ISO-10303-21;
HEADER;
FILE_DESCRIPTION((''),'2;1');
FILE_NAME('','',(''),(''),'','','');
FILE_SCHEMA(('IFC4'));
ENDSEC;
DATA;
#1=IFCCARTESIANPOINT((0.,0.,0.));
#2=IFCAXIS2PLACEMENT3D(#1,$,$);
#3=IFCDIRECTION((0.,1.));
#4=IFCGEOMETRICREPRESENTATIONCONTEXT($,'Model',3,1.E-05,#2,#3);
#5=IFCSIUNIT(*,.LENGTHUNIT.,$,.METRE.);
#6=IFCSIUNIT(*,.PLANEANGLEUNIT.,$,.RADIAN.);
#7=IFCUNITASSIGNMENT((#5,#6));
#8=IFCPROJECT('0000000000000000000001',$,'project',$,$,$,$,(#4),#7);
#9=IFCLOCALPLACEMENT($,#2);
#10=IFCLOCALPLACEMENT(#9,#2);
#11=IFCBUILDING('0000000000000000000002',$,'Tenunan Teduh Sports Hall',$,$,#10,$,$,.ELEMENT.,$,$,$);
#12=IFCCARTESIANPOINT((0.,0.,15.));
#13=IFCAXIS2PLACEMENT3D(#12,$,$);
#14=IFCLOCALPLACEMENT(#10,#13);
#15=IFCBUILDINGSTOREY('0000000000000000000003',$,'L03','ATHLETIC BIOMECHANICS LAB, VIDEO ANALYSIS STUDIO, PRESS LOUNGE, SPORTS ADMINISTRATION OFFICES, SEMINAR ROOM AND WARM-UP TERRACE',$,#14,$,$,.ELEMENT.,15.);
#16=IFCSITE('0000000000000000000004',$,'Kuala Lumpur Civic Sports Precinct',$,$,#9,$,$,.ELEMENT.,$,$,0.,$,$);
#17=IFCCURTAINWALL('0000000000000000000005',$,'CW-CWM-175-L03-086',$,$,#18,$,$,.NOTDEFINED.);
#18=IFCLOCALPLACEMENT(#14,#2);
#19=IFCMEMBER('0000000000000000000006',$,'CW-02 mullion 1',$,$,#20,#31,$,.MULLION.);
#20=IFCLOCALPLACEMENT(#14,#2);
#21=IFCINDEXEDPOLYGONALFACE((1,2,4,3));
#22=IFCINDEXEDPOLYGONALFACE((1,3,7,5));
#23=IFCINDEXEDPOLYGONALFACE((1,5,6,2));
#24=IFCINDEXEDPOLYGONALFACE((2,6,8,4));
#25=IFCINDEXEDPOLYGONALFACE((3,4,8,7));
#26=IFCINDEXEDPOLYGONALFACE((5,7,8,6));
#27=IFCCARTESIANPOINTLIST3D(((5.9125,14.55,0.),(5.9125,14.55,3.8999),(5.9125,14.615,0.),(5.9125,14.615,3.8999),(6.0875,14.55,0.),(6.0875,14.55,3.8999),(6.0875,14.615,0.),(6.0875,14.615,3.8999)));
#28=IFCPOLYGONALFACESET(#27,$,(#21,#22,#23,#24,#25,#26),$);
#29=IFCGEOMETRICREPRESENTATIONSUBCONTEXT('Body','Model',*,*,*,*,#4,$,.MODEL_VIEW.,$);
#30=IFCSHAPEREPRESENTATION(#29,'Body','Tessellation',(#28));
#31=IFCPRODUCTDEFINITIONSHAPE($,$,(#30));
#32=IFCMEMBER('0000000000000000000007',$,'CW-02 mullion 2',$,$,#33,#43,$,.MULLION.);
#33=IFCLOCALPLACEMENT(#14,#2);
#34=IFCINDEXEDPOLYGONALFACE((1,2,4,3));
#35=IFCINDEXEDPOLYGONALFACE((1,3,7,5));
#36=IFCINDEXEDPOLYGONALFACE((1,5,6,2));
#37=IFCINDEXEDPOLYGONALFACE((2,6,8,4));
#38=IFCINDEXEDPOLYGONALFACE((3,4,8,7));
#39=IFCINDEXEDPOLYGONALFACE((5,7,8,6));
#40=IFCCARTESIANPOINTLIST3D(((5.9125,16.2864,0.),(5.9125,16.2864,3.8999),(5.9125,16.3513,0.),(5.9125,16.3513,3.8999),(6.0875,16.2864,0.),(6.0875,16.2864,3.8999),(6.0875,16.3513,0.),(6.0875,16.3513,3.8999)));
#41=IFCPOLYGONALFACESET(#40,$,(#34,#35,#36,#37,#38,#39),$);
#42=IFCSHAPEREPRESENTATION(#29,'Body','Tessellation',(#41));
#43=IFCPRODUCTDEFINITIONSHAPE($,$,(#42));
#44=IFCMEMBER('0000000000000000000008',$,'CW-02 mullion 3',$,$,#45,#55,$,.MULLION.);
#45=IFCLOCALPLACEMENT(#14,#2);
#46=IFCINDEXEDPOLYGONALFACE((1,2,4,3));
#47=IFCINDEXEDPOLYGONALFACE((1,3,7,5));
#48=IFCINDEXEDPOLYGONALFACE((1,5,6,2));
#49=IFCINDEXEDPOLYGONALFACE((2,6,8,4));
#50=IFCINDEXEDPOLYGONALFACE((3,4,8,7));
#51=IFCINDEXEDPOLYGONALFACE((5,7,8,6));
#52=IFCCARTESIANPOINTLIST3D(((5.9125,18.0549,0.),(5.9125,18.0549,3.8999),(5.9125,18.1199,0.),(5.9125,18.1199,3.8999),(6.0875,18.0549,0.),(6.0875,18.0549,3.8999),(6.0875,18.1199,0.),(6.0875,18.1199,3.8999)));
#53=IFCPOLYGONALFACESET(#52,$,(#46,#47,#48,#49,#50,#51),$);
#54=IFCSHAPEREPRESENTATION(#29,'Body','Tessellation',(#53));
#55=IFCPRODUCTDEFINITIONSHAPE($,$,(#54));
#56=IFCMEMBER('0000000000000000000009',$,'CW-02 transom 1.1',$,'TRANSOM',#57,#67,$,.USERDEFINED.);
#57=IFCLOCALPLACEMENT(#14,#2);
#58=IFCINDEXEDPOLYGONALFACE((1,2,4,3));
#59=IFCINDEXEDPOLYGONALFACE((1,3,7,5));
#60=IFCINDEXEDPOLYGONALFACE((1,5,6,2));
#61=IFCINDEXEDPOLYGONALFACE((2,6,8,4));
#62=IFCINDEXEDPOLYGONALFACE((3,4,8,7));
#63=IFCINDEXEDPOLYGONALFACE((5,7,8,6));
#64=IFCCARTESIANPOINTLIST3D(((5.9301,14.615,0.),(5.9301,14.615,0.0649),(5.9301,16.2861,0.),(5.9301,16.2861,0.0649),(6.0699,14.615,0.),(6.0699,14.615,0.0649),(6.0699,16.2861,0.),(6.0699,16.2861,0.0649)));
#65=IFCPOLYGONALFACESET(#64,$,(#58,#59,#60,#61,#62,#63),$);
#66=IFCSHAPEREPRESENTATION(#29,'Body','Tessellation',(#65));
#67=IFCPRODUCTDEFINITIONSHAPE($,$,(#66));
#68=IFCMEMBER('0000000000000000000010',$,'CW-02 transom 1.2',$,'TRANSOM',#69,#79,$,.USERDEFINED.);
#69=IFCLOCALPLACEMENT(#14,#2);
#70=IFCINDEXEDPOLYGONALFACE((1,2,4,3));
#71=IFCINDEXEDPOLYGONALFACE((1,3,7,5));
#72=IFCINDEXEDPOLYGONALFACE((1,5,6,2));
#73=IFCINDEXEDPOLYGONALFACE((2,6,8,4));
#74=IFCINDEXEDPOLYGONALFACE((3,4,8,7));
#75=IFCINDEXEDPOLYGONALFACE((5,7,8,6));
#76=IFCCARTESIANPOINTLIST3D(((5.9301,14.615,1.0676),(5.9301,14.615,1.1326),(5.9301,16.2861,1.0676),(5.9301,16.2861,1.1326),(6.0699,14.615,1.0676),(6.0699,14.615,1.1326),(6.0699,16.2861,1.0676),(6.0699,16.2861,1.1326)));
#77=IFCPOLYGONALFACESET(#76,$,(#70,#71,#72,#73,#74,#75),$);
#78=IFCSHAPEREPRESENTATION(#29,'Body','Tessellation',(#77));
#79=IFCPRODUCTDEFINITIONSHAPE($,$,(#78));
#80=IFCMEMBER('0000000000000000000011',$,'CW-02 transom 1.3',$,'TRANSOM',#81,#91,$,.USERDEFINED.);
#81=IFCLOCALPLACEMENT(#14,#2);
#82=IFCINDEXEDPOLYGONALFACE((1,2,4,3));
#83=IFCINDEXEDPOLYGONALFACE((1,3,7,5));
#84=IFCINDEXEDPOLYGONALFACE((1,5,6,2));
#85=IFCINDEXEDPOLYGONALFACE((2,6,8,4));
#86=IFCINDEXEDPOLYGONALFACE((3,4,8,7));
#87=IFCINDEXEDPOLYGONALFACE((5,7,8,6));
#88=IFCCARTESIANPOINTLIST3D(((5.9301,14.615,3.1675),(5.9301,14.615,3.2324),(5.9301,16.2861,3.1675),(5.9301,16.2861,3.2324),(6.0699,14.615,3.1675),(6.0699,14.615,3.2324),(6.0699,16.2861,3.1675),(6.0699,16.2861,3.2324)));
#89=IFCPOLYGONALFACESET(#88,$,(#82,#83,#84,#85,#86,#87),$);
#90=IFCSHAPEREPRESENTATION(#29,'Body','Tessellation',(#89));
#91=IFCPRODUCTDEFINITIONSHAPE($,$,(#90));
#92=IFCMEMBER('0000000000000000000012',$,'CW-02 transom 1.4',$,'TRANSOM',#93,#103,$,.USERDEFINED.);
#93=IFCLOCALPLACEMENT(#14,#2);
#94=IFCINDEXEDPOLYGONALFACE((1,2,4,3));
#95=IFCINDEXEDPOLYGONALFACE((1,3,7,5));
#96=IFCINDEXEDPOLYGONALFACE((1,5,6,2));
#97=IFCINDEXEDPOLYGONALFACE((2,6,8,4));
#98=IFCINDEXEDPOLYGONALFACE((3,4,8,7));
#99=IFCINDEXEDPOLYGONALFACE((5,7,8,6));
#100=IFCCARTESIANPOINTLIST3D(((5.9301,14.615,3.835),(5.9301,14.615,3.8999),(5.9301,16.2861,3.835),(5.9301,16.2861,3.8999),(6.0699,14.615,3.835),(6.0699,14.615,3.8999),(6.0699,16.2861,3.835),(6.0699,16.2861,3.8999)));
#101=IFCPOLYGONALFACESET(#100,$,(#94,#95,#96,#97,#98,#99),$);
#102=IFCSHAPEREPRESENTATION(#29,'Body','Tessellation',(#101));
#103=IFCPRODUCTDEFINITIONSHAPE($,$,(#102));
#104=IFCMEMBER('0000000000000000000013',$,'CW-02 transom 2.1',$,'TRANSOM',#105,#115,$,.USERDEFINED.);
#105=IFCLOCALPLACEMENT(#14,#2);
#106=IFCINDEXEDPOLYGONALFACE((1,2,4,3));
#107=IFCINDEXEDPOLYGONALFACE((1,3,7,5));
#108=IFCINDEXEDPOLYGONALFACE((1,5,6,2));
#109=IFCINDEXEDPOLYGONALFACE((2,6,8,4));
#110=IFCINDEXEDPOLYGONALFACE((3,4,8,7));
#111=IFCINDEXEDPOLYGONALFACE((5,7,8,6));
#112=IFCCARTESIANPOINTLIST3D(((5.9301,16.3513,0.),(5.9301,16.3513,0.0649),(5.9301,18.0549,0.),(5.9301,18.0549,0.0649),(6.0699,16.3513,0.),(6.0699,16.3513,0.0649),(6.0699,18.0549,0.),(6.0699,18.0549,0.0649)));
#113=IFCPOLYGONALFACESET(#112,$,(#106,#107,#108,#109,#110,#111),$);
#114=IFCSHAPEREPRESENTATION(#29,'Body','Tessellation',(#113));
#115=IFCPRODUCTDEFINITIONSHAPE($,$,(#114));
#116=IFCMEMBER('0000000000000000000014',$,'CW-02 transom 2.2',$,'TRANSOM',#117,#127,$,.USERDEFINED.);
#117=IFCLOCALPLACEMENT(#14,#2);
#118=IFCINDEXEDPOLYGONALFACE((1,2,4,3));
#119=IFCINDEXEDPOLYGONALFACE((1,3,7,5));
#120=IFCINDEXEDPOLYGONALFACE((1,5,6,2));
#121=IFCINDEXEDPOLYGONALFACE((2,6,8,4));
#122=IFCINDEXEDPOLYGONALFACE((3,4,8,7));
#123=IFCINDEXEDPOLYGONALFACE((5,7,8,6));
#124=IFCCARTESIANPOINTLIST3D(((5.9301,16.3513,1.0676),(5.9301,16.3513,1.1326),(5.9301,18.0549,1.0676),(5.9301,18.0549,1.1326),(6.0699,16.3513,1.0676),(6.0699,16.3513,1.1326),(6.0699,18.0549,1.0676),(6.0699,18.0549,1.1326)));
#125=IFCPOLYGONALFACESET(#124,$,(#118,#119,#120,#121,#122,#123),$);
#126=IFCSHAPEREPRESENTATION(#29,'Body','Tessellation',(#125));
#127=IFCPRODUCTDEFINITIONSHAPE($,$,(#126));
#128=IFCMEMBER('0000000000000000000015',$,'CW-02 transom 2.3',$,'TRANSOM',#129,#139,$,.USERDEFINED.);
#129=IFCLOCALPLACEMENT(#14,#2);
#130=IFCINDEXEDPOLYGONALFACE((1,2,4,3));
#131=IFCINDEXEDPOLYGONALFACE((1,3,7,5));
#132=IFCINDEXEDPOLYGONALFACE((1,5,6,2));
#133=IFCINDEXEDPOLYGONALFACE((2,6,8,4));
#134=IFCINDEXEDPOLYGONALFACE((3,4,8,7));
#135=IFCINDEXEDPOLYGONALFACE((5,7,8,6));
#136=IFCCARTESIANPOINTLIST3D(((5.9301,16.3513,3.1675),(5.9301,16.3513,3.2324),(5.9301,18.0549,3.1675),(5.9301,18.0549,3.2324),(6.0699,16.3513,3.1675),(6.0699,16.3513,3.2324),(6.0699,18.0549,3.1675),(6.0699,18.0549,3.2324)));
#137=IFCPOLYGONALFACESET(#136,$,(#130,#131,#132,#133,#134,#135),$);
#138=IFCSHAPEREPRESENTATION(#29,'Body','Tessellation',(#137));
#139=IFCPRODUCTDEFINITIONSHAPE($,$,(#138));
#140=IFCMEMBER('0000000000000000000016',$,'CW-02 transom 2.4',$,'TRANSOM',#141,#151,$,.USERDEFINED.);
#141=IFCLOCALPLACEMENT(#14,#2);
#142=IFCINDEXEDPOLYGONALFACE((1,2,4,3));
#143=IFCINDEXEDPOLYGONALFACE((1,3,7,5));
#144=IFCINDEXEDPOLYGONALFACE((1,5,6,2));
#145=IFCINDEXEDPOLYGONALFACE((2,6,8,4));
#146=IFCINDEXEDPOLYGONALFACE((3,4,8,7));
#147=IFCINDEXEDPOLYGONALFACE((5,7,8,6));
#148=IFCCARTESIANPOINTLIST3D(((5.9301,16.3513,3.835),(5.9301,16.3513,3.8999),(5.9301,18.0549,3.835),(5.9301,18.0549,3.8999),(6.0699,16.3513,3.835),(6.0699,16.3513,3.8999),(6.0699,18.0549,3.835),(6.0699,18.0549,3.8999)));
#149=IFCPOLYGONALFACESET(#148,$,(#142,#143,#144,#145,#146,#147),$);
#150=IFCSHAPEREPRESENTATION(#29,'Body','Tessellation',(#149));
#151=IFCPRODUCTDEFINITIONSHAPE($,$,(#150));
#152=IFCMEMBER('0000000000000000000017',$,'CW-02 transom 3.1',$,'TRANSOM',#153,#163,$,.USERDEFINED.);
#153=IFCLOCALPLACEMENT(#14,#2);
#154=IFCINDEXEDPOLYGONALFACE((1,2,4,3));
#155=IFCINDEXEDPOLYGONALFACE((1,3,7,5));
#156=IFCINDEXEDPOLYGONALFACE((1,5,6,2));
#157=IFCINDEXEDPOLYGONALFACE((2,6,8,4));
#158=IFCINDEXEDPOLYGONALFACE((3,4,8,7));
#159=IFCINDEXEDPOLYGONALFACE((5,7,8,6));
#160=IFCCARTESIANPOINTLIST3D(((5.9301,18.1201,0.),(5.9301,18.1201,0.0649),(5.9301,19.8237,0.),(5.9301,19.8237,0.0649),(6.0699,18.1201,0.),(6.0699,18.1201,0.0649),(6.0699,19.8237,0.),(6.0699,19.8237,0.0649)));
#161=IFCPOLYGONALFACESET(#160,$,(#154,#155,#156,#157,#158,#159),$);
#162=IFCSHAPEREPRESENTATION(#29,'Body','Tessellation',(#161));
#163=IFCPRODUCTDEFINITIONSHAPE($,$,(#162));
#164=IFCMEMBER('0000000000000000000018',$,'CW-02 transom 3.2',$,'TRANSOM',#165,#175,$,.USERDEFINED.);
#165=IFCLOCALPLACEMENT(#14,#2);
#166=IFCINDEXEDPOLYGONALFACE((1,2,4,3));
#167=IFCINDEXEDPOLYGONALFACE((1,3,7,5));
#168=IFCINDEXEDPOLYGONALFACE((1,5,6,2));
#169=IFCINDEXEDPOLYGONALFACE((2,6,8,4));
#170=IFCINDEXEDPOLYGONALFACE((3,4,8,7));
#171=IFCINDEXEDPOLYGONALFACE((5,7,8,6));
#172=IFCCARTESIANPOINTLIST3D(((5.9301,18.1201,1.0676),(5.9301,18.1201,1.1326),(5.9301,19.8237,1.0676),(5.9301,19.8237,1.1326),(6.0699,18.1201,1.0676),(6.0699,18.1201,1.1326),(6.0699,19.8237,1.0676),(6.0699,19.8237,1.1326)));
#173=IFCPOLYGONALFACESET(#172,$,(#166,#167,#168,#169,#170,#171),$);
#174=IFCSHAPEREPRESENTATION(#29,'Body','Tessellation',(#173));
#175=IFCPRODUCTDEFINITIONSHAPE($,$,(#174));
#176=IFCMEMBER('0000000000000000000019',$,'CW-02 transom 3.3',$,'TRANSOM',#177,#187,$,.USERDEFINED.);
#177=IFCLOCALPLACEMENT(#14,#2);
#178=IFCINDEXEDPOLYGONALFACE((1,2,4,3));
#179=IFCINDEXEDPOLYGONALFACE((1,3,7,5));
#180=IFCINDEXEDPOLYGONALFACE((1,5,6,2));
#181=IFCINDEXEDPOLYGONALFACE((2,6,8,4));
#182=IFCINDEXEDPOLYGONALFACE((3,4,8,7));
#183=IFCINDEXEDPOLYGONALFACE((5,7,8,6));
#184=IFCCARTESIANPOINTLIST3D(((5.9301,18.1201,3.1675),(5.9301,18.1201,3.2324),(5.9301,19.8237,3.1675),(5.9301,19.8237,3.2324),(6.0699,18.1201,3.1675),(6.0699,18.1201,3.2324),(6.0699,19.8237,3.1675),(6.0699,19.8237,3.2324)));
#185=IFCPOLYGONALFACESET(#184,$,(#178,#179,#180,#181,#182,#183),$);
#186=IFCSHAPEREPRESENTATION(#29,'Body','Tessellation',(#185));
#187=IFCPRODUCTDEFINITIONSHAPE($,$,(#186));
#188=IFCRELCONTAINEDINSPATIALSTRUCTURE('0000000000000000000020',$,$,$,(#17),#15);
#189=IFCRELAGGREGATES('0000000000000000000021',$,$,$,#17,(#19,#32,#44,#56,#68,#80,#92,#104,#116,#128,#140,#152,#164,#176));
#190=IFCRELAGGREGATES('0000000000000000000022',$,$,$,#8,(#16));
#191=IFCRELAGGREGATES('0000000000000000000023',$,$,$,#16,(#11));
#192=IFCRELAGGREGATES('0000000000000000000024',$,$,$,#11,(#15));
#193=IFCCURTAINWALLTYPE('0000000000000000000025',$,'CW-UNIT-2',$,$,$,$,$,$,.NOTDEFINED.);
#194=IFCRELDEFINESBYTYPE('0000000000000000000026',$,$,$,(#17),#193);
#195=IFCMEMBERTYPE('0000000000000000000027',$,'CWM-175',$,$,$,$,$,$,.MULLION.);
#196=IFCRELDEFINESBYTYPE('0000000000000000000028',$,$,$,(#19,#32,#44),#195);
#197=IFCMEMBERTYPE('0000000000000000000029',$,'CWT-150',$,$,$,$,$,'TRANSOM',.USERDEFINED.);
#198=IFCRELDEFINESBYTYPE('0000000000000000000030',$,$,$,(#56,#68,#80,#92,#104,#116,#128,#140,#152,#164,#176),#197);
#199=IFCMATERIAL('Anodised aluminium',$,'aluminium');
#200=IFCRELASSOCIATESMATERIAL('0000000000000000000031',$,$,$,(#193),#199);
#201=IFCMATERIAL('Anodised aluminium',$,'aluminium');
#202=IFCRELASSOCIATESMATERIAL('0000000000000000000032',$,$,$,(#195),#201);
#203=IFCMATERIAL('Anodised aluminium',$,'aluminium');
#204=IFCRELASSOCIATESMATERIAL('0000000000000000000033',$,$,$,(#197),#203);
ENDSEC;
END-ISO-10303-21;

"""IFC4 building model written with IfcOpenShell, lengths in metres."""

from ifc_helpers import new_model, si_unit, direction, frame, origin, origin_2d, place, context, subcontext, project, spatial, rectangle, extrude, material, material_profile, profile_set, type_object, element, aggregate, save


model = new_model("IFC4")

# Units and contexts
model_context = context("Model", 3, precision=1e-05, world=origin(), true_north=direction((0.0, 1.0)))
body_context = subcontext(model_context, "Body", "Model", "MODEL_VIEW")
ifc_project = project(units=[si_unit("LENGTHUNIT", "METRE"), si_unit("PLANEANGLEUNIT", "RADIAN")], contexts=[model_context])

# Site, building, storey
site_placement = place(None, origin())
site = spatial("IfcSite", under=ifc_project, at=site_placement, Name="Kuala Lumpur Civic Sports Precinct", CompositionType="ELEMENT", RefElevation=0.0)
building_placement = place(site_placement, origin())
building = spatial("IfcBuilding", under=site, at=building_placement, Name="Tenunan Teduh Sports Hall", CompositionType="ELEMENT")
storey_placement = place(building_placement, frame((0.0, 0.0, 15.0)))
storey = spatial("IfcBuildingStorey", under=building, at=storey_placement, Name="L03", Description="ATHLETIC BIOMECHANICS LAB, VIDEO ANALYSIS STUDIO, PRESS LOUNGE, SPORTS ADMINISTRATION OFFICES, SEMINAR ROOM AND WARM-UP TERRACE", CompositionType="ELEMENT", Elevation=15.0)

# Curtain wall, members
ifc_material_1 = material(Name="Anodised aluminium", Category="aluminium")
curtain_wall_type = type_object("IfcCurtainWallType", Name="CW-UNIT-2", PredefinedType="NOTDEFINED", material=ifc_material_1)
curtain_wall_placement = place(storey_placement, origin())
curtain_wall = element("IfcCurtainWall", 1, at=curtain_wall_placement, inside=storey, type_object=curtain_wall_type, Name="CW-CWM-175-L03-086", PredefinedType="NOTDEFINED")
ifc_material_2 = material(Name="Anodised aluminium", Category="aluminium")
ifc_material_profile_1 = material_profile(ifc_material_2, rectangle(XDim=0.0649, YDim=0.175, at=origin_2d()), Name="CWM 65x175")
ifc_profile_set_1 = profile_set([ifc_material_profile_1], Name="Anodised aluminium")
member_type_1 = type_object("IfcMemberType", Name="CWM-175", PredefinedType="MULLION", material=ifc_profile_set_1)
member_1_placement = place(storey_placement, frame((6.0, 14.5825, 0.0), z_axis=(0.0, 0.0, 1.0), x_axis=(0.0, 1.0, 0.0)))
member_1 = element("IfcMember", 2, at=member_1_placement, type_object=member_type_1, Name="CW-02 mullion 1", PredefinedType="MULLION", context=body_context, shape_type="SweptSolid", body=[
    extrude(rectangle(XDim=0.0649, YDim=0.175, at=origin_2d()), origin(), (0.0, 0.0, 1.0), 3.8999),
])
member_2_placement = place(storey_placement, frame((6.0, 16.3188, 0.0), z_axis=(0.0, 0.0, 1.0), x_axis=(0.0, 1.0, 0.0)))
member_2 = element("IfcMember", 3, at=member_2_placement, type_object=member_type_1, Name="CW-02 mullion 2", PredefinedType="MULLION", context=body_context, shape_type="SweptSolid", body=[
    extrude(rectangle(XDim=0.0649, YDim=0.175, at=origin_2d()), origin(), (0.0, 0.0, 1.0), 3.8999),
])
member_3_placement = place(storey_placement, frame((6.0, 18.0874, 0.0), z_axis=(0.0, 0.0, 1.0), x_axis=(0.0, 1.0, 0.0)))
member_3 = element("IfcMember", 4, at=member_3_placement, type_object=member_type_1, Name="CW-02 mullion 3", PredefinedType="MULLION", context=body_context, shape_type="SweptSolid", body=[
    extrude(rectangle(XDim=0.0649, YDim=0.175, at=origin_2d()), origin(), (0.0, 0.0, 1.0), 3.8999),
])
ifc_material_3 = material(Name="Anodised aluminium", Category="aluminium")
ifc_material_profile_2 = material_profile(ifc_material_3, rectangle(XDim=0.0649, YDim=0.1399, at=origin_2d()), Name="CWT 65x140")
ifc_profile_set_2 = profile_set([ifc_material_profile_2], Name="Anodised aluminium")
member_type_2 = type_object("IfcMemberType", Name="CWT-150", ElementType="TRANSOM", PredefinedType="USERDEFINED", material=ifc_profile_set_2)
member_4_placement = place(storey_placement, frame((6.0, 14.615, 0.0325), z_axis=(0.0, 1.0, 0.0), x_axis=(0.0, 0.0, 1.0)))
member_4 = element("IfcMember", 5, at=member_4_placement, type_object=member_type_2, Name="CW-02 transom 1.1", ObjectType="TRANSOM", PredefinedType="USERDEFINED", context=body_context, shape_type="SweptSolid", body=[
    extrude(rectangle(XDim=0.0649, YDim=0.1399, at=origin_2d()), origin(), (0.0, 0.0, 1.0), 1.6711),
])
member_5_placement = place(storey_placement, frame((6.0, 14.615, 1.1001), z_axis=(0.0, 1.0, 0.0), x_axis=(0.0, 0.0, 1.0)))
member_5 = element("IfcMember", 6, at=member_5_placement, type_object=member_type_2, Name="CW-02 transom 1.2", ObjectType="TRANSOM", PredefinedType="USERDEFINED", context=body_context, shape_type="SweptSolid", body=[
    extrude(rectangle(XDim=0.0649, YDim=0.1399, at=origin_2d()), origin(), (0.0, 0.0, 1.0), 1.6711),
])
member_6_placement = place(storey_placement, frame((6.0, 14.615, 3.2), z_axis=(0.0, 1.0, 0.0), x_axis=(0.0, 0.0, 1.0)))
member_6 = element("IfcMember", 7, at=member_6_placement, type_object=member_type_2, Name="CW-02 transom 1.3", ObjectType="TRANSOM", PredefinedType="USERDEFINED", context=body_context, shape_type="SweptSolid", body=[
    extrude(rectangle(XDim=0.0649, YDim=0.1399, at=origin_2d()), origin(), (0.0, 0.0, 1.0), 1.6711),
])
member_7_placement = place(storey_placement, frame((6.0, 14.615, 3.8674), z_axis=(0.0, 1.0, 0.0), x_axis=(0.0, 0.0, 1.0)))
member_7 = element("IfcMember", 8, at=member_7_placement, type_object=member_type_2, Name="CW-02 transom 1.4", ObjectType="TRANSOM", PredefinedType="USERDEFINED", context=body_context, shape_type="SweptSolid", body=[
    extrude(rectangle(XDim=0.0649, YDim=0.1399, at=origin_2d()), origin(), (0.0, 0.0, 1.0), 1.6711),
])
member_8_placement = place(storey_placement, frame((6.0, 16.3513, 0.0325), z_axis=(0.0, 1.0, 0.0), x_axis=(0.0, 0.0, 1.0)))
member_8 = element("IfcMember", 9, at=member_8_placement, type_object=member_type_2, Name="CW-02 transom 2.1", ObjectType="TRANSOM", PredefinedType="USERDEFINED", context=body_context, shape_type="SweptSolid", body=[
    extrude(rectangle(XDim=0.0649, YDim=0.1399, at=origin_2d()), origin(), (0.0, 0.0, 1.0), 1.7036),
])
member_9_placement = place(storey_placement, frame((6.0, 16.3513, 1.1001), z_axis=(0.0, 1.0, 0.0), x_axis=(0.0, 0.0, 1.0)))
member_9 = element("IfcMember", 10, at=member_9_placement, type_object=member_type_2, Name="CW-02 transom 2.2", ObjectType="TRANSOM", PredefinedType="USERDEFINED", context=body_context, shape_type="SweptSolid", body=[
    extrude(rectangle(XDim=0.0649, YDim=0.1399, at=origin_2d()), origin(), (0.0, 0.0, 1.0), 1.7036),
])
member_10_placement = place(storey_placement, frame((6.0, 16.3513, 3.2), z_axis=(0.0, 1.0, 0.0), x_axis=(0.0, 0.0, 1.0)))
member_10 = element("IfcMember", 11, at=member_10_placement, type_object=member_type_2, Name="CW-02 transom 2.3", ObjectType="TRANSOM", PredefinedType="USERDEFINED", context=body_context, shape_type="SweptSolid", body=[
    extrude(rectangle(XDim=0.0649, YDim=0.1399, at=origin_2d()), origin(), (0.0, 0.0, 1.0), 1.7036),
])
member_11_placement = place(storey_placement, frame((6.0, 16.3513, 3.8674), z_axis=(0.0, 1.0, 0.0), x_axis=(0.0, 0.0, 1.0)))
member_11 = element("IfcMember", 12, at=member_11_placement, type_object=member_type_2, Name="CW-02 transom 2.4", ObjectType="TRANSOM", PredefinedType="USERDEFINED", context=body_context, shape_type="SweptSolid", body=[
    extrude(rectangle(XDim=0.0649, YDim=0.1399, at=origin_2d()), origin(), (0.0, 0.0, 1.0), 1.7036),
])
member_12_placement = place(storey_placement, frame((6.0, 18.1201, 0.0325), z_axis=(0.0, 1.0, 0.0), x_axis=(0.0, 0.0, 1.0)))
member_12 = element("IfcMember", 13, at=member_12_placement, type_object=member_type_2, Name="CW-02 transom 3.1", ObjectType="TRANSOM", PredefinedType="USERDEFINED", context=body_context, shape_type="SweptSolid", body=[
    extrude(rectangle(XDim=0.0649, YDim=0.1399, at=origin_2d()), origin(), (0.0, 0.0, 1.0), 1.7036),
])
member_13_placement = place(storey_placement, frame((6.0, 18.1201, 1.1001), z_axis=(0.0, 1.0, 0.0), x_axis=(0.0, 0.0, 1.0)))
member_13 = element("IfcMember", 14, at=member_13_placement, type_object=member_type_2, Name="CW-02 transom 3.2", ObjectType="TRANSOM", PredefinedType="USERDEFINED", context=body_context, shape_type="SweptSolid", body=[
    extrude(rectangle(XDim=0.0649, YDim=0.1399, at=origin_2d()), origin(), (0.0, 0.0, 1.0), 1.7036),
])
member_14_placement = place(storey_placement, frame((6.0, 18.1201, 3.2), z_axis=(0.0, 1.0, 0.0), x_axis=(0.0, 0.0, 1.0)))
member_14 = element("IfcMember", 15, at=member_14_placement, type_object=member_type_2, Name="CW-02 transom 3.3", ObjectType="TRANSOM", PredefinedType="USERDEFINED", context=body_context, shape_type="SweptSolid", body=[
    extrude(rectangle(XDim=0.0649, YDim=0.1399, at=origin_2d()), origin(), (0.0, 0.0, 1.0), 1.7036),
])
aggregate(curtain_wall, [member_1, member_2, member_3, member_4, member_5, member_6, member_7, member_8, member_9, member_10, member_11, member_12, member_13, member_14])

save(model, "model.ifc")
